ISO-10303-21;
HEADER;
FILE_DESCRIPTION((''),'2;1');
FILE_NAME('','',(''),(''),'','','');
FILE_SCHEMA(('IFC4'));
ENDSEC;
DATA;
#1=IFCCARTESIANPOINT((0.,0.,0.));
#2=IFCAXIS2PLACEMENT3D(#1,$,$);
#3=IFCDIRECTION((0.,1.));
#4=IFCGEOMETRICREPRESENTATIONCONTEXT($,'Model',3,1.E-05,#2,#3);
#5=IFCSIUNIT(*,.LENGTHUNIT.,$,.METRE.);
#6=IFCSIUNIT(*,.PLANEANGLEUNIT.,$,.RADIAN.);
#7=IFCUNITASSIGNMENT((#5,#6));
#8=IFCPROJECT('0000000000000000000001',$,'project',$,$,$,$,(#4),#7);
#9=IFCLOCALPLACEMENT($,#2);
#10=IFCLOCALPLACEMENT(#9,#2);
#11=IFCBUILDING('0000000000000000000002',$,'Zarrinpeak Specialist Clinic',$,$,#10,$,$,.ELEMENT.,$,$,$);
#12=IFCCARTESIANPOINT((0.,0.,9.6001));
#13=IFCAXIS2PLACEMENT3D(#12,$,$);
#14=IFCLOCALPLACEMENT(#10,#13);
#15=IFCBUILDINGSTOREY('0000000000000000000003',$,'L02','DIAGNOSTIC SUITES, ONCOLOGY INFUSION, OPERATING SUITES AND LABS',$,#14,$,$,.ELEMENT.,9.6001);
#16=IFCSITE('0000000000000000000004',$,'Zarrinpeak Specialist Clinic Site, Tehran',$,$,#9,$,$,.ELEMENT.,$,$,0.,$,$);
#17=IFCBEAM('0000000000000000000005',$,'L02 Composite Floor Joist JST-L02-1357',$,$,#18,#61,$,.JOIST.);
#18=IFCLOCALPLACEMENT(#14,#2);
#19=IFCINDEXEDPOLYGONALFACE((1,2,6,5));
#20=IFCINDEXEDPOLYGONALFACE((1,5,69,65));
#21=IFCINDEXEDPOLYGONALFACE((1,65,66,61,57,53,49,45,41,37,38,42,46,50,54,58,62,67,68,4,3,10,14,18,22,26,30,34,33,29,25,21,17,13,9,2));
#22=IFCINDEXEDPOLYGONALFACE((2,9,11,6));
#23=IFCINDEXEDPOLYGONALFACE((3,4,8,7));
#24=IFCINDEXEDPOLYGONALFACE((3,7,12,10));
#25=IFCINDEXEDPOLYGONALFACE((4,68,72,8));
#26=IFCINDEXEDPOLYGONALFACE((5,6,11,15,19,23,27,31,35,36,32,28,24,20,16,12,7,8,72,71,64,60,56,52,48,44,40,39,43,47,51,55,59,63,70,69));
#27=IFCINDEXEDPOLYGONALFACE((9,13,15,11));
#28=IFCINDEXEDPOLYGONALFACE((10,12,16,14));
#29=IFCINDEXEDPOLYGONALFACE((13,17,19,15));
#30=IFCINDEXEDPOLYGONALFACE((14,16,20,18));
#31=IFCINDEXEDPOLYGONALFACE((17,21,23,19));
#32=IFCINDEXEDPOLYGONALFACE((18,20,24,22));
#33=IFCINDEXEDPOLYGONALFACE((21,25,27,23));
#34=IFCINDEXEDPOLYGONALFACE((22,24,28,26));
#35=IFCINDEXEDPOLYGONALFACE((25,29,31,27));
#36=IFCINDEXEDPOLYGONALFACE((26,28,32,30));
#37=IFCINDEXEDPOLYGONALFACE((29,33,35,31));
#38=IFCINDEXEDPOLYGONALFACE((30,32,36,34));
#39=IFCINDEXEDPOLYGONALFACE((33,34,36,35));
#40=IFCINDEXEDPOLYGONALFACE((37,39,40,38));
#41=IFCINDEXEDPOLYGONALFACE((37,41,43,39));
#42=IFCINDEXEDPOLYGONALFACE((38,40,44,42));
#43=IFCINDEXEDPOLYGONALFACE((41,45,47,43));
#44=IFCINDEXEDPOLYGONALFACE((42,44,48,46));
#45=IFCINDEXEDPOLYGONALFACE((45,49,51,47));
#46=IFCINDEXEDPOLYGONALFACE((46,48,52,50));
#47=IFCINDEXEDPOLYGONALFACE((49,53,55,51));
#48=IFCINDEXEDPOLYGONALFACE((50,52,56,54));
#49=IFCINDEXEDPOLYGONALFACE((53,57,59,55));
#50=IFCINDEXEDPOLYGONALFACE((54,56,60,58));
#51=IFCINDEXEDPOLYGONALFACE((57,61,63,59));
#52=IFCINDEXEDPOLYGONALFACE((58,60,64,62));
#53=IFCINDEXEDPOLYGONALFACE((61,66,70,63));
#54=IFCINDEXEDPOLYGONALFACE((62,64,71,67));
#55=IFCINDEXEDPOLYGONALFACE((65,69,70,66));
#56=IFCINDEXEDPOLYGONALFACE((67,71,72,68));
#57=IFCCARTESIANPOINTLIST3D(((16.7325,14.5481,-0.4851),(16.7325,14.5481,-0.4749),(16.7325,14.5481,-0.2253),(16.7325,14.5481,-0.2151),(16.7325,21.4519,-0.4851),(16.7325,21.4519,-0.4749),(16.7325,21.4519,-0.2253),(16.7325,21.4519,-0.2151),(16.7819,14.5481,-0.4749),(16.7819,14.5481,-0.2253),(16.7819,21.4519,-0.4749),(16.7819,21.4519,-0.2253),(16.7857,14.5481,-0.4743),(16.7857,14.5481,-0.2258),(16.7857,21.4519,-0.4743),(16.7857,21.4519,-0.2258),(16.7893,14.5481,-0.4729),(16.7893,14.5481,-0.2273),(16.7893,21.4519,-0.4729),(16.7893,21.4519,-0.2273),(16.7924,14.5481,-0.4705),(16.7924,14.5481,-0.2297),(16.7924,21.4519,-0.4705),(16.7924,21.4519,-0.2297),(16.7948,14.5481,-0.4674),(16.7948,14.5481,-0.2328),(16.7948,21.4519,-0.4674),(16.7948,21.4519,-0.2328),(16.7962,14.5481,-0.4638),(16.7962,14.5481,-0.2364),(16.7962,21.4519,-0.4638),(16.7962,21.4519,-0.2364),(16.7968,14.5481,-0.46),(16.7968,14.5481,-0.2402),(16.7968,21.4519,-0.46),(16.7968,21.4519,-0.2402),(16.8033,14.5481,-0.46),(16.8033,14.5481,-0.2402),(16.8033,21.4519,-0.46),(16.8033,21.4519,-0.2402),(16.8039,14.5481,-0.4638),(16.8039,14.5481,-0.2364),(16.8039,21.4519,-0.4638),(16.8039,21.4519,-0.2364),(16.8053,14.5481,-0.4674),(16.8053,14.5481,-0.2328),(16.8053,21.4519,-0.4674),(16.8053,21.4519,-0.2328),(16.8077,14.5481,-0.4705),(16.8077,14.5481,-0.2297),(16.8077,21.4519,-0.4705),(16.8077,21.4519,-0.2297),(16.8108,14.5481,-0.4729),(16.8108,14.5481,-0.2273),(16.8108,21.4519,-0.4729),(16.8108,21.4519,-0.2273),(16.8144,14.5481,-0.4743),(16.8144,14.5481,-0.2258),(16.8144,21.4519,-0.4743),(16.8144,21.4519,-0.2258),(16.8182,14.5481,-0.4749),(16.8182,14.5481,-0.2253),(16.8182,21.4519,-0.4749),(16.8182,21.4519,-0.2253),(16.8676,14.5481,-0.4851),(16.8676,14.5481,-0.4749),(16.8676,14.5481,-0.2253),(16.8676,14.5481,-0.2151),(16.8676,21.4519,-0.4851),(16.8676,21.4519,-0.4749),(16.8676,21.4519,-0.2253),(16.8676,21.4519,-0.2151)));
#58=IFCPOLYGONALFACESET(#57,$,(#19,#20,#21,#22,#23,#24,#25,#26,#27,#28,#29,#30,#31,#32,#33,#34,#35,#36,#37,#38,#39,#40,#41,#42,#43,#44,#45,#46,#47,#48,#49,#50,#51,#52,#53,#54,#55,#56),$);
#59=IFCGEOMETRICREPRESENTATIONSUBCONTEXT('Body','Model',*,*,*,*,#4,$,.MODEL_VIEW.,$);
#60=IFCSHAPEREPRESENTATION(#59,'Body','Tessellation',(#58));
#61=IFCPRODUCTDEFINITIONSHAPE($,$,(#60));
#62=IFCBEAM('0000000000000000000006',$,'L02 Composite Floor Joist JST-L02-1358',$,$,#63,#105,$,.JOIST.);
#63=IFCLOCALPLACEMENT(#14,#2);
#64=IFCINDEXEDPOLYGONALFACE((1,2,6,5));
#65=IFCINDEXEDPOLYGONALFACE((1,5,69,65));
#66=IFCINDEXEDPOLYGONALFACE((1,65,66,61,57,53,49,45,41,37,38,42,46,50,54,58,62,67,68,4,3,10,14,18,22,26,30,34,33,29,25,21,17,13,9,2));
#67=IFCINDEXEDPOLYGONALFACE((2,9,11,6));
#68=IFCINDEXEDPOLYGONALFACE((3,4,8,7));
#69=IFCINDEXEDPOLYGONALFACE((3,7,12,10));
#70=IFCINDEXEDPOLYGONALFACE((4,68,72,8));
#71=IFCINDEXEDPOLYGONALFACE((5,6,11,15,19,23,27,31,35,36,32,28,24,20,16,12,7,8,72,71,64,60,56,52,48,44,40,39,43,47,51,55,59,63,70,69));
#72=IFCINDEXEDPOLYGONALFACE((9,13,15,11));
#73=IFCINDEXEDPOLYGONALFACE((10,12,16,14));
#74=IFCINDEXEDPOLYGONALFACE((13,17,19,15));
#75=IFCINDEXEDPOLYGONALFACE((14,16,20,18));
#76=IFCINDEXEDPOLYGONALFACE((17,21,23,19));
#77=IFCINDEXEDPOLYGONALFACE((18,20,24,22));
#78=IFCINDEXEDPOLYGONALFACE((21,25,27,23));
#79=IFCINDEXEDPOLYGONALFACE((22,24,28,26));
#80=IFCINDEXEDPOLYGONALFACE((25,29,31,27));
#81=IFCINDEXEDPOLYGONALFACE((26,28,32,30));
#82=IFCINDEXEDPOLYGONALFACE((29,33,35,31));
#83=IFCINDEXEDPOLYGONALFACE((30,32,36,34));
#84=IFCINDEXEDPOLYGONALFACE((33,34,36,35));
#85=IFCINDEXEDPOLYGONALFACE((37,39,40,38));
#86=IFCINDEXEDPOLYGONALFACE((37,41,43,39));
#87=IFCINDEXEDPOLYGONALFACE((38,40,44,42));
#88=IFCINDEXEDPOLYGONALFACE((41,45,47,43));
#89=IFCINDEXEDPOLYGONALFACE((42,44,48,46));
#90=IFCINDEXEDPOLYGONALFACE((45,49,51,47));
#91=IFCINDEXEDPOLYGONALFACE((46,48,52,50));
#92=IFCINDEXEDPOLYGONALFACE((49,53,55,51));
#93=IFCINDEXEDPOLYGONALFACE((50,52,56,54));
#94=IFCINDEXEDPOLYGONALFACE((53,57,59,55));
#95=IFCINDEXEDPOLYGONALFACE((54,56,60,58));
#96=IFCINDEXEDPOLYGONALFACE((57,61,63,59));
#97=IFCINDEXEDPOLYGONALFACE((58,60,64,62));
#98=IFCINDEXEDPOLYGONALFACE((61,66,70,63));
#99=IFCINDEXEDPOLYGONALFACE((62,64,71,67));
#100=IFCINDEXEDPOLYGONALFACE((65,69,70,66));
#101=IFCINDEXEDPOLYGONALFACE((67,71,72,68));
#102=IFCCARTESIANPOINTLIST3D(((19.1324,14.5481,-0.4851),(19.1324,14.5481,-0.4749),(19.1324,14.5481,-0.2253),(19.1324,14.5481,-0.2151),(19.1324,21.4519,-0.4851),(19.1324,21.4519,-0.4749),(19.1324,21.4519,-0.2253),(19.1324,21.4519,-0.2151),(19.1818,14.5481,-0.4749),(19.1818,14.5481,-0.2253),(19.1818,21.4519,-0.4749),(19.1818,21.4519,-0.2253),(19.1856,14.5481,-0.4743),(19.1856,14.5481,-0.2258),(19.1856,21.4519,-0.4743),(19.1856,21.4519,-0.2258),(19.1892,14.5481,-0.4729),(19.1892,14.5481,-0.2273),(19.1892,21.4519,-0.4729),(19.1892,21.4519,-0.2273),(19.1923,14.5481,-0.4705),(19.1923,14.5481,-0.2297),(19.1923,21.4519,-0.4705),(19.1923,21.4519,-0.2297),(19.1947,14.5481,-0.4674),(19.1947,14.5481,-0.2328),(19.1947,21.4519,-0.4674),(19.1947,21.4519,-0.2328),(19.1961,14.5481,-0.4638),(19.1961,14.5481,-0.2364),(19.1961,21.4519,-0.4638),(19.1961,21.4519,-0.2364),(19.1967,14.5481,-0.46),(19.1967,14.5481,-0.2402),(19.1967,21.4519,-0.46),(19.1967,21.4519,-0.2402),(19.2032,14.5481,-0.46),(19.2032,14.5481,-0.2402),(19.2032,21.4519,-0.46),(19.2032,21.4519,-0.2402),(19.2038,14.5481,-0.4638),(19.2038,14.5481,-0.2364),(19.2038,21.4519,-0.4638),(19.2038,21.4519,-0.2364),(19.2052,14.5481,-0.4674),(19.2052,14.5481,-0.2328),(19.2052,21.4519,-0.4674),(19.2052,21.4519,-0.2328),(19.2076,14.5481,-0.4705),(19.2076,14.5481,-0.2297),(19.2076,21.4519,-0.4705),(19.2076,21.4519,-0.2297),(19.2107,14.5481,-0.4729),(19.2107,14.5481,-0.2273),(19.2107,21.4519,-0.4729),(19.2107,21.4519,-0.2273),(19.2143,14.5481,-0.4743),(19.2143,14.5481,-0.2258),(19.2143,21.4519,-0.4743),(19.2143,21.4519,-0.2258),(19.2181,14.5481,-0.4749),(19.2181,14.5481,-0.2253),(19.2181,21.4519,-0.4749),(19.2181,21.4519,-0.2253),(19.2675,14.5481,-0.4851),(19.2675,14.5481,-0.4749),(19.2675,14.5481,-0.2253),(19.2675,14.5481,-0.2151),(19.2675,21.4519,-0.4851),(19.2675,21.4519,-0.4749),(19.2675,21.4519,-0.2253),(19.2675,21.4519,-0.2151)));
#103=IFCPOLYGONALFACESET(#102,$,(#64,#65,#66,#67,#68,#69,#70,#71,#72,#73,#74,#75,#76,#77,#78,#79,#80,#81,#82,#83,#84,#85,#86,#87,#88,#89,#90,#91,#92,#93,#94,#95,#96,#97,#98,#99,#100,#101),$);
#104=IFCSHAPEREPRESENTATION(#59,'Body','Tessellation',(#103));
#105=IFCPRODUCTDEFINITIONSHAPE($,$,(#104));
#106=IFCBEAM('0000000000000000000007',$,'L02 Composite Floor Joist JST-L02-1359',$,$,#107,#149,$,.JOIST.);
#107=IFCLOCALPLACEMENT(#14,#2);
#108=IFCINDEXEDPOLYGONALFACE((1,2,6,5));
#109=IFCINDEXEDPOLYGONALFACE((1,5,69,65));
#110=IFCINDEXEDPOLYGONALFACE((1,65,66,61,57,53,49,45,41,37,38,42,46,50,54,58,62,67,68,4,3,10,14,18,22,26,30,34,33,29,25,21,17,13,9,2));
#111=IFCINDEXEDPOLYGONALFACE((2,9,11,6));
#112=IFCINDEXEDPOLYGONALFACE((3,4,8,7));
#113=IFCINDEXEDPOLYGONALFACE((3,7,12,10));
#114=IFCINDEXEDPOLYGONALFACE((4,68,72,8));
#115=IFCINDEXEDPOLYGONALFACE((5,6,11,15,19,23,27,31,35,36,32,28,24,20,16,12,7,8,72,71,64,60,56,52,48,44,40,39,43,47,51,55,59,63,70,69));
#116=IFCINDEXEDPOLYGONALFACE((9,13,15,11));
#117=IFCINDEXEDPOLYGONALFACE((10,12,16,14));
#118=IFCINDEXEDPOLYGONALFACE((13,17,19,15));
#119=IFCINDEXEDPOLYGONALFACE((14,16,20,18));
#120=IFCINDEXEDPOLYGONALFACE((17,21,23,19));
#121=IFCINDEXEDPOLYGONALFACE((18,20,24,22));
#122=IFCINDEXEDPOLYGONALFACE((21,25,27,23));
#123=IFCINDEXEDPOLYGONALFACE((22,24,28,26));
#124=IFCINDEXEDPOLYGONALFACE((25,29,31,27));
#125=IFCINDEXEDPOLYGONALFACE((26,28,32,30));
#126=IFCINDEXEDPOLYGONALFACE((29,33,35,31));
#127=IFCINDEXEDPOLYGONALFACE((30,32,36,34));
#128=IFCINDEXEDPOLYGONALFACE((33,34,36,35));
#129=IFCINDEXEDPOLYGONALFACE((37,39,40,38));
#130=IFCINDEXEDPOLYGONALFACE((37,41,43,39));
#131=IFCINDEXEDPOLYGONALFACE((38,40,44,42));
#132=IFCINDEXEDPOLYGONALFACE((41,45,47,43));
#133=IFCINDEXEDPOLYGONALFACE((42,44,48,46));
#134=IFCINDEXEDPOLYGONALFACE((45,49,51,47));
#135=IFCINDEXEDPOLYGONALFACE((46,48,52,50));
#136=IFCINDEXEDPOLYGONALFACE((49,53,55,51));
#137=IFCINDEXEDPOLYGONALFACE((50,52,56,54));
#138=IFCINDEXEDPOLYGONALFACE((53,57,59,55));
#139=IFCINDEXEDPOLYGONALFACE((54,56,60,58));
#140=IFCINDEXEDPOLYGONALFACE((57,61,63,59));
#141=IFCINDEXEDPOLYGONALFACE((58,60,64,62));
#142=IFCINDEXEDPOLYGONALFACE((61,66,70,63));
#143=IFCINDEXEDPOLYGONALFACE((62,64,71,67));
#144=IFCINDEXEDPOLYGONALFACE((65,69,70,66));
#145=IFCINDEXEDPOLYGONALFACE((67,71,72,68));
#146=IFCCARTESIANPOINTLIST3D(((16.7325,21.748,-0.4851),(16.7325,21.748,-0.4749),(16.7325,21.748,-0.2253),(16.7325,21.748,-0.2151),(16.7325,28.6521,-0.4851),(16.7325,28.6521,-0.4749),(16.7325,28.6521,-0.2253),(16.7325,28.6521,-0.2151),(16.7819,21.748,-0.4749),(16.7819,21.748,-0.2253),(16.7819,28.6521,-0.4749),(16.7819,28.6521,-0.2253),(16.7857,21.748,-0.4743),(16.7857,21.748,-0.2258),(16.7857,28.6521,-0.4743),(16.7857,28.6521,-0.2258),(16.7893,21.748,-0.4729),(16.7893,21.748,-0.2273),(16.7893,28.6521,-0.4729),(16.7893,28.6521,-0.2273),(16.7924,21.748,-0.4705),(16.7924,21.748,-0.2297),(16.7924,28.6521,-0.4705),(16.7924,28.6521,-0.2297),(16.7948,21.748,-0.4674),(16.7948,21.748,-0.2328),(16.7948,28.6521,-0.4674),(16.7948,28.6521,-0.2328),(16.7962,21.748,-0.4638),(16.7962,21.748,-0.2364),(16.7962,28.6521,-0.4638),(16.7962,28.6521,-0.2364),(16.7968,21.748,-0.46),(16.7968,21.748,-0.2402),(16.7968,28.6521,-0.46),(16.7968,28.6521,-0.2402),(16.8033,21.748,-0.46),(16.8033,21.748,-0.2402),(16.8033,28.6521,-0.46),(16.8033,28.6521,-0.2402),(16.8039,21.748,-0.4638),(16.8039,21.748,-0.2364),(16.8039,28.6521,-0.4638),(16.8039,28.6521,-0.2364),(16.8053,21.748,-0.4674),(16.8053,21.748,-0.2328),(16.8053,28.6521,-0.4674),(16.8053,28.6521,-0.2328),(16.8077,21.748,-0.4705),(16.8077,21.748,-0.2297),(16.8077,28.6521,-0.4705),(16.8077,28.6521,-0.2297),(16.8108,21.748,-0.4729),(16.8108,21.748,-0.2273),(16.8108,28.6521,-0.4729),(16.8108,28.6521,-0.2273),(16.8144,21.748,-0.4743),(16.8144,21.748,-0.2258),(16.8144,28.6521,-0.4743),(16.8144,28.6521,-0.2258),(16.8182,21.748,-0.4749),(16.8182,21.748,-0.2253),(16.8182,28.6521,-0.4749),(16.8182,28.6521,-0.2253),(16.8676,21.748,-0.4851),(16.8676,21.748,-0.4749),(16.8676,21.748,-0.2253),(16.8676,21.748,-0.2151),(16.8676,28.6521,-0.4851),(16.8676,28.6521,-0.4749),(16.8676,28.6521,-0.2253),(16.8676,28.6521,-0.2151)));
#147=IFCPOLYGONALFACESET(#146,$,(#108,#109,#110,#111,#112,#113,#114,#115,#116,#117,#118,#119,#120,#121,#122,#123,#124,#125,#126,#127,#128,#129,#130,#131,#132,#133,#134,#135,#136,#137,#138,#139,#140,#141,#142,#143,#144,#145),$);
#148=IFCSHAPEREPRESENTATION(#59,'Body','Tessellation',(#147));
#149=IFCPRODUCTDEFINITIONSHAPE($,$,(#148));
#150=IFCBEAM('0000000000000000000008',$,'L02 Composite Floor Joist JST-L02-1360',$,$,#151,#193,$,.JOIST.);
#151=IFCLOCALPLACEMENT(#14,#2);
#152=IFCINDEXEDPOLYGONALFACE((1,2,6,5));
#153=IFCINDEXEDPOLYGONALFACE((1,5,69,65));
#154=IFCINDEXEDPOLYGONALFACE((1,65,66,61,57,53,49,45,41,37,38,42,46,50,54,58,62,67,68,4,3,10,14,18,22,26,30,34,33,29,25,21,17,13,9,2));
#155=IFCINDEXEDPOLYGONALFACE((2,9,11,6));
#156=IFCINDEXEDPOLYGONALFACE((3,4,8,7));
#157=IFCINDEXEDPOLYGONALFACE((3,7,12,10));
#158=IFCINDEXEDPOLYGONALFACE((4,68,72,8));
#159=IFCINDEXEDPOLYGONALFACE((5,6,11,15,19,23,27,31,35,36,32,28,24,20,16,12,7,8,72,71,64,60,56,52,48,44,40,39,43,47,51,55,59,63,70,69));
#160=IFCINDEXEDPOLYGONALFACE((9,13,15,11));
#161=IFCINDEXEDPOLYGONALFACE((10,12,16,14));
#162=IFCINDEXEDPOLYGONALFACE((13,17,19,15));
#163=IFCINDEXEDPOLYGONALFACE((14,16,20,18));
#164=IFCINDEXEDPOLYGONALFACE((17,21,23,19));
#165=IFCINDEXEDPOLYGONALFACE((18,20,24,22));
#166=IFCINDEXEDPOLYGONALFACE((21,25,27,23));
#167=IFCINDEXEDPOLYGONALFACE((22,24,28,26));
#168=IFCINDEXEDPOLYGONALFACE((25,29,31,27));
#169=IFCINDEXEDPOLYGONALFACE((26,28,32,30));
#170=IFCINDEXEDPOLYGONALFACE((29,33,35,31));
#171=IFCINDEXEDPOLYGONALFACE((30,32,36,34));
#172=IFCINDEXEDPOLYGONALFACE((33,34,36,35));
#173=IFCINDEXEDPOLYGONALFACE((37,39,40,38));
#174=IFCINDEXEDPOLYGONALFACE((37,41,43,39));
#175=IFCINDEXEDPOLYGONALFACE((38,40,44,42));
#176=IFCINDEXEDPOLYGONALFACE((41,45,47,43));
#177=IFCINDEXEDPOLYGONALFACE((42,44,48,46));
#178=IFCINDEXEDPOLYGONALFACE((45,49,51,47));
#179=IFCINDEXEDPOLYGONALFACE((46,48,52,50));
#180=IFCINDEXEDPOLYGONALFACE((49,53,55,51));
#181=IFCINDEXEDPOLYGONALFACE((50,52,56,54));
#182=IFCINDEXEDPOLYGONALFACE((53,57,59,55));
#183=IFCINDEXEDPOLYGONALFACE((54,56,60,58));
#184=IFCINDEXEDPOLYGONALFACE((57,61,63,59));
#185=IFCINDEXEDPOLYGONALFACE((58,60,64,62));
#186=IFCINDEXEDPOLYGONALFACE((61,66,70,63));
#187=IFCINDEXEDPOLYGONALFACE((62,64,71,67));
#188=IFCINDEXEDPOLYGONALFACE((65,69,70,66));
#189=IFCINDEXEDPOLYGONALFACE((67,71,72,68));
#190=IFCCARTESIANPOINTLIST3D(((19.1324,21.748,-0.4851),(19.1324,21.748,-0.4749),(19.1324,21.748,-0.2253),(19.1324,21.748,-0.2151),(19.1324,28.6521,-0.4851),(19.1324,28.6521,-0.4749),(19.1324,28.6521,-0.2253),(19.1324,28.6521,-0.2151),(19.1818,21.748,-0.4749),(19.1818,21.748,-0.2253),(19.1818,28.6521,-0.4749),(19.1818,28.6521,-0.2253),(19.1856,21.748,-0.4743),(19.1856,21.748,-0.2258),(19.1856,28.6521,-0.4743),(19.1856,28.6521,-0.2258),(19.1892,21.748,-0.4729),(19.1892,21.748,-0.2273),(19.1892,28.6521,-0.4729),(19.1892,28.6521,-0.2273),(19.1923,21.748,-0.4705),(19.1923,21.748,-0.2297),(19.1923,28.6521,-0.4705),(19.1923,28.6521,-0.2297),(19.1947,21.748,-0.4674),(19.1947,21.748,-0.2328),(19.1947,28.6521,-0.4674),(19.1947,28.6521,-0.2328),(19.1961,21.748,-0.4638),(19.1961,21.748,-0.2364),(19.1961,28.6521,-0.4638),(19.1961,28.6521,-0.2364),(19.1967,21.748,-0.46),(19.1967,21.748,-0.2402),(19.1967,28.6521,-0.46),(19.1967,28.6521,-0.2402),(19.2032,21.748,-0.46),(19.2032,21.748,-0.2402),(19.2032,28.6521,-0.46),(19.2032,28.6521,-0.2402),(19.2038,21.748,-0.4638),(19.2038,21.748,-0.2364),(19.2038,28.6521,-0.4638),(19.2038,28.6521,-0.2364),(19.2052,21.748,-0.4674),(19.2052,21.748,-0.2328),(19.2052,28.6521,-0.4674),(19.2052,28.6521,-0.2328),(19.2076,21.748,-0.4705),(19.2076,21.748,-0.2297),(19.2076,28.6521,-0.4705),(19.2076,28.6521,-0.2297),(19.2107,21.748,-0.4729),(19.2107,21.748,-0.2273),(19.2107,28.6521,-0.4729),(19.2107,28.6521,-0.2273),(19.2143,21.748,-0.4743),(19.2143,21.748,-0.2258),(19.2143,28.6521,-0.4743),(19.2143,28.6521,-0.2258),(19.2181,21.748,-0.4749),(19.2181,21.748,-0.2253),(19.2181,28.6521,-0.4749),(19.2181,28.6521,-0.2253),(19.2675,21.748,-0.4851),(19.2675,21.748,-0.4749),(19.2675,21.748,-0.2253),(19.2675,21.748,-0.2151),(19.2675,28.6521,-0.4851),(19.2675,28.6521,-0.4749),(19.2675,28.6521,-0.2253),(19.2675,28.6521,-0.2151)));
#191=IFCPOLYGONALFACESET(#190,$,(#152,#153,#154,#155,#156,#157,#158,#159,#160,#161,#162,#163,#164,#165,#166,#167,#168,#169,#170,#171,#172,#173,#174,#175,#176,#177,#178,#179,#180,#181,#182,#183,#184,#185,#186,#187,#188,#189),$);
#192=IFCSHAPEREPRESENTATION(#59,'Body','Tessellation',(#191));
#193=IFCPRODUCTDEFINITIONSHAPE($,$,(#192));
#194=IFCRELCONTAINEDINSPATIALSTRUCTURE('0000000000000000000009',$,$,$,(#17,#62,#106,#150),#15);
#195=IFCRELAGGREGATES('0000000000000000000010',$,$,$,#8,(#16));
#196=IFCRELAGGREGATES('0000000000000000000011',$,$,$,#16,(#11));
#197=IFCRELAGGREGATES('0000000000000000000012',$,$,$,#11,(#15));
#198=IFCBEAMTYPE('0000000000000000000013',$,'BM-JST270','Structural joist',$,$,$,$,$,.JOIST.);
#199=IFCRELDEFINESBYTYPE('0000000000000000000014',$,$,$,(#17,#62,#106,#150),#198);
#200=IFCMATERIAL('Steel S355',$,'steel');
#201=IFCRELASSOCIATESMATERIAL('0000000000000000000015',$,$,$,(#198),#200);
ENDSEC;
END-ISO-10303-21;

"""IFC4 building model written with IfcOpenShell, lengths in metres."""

from ifc_helpers import new_model, si_unit, direction, frame, origin, origin_2d, place, context, subcontext, project, spatial, i_section, extrude, material, material_profile, profile_set, type_object, element, save


model = new_model("IFC4")

# Units and contexts
model_context = context("Model", 3, precision=1e-05, world=origin(), true_north=direction((0.0, 1.0)))
body_context = subcontext(model_context, "Body", "Model", "MODEL_VIEW")
ifc_project = project(units=[si_unit("LENGTHUNIT", "METRE"), si_unit("PLANEANGLEUNIT", "RADIAN")], contexts=[model_context])

# Site, building, storey
site_placement = place(None, origin())
site = spatial("IfcSite", under=ifc_project, at=site_placement, Name="Zarrinpeak Specialist Clinic Site, Tehran", CompositionType="ELEMENT", RefElevation=0.0)
building_placement = place(site_placement, origin())
building = spatial("IfcBuilding", under=site, at=building_placement, Name="Zarrinpeak Specialist Clinic", CompositionType="ELEMENT")
storey_placement = place(building_placement, frame((0.0, 0.0, 9.6001)))
storey = spatial("IfcBuildingStorey", under=building, at=storey_placement, Name="L02", Description="DIAGNOSTIC SUITES, ONCOLOGY INFUSION, OPERATING SUITES AND LABS", CompositionType="ELEMENT", Elevation=9.6001)

# Shared definitions
ifc_material_1 = material(Name="Steel S355", Category="steel")

# Beams
ifc_material_profile_1 = material_profile(ifc_material_1, i_section(OverallWidth=0.135, OverallDepth=0.27, WebThickness=0.0066, FlangeThickness=0.0103, FilletRadius=0.0149, at=origin_2d()), Name="IPE 270")
ifc_profile_set_1 = profile_set([ifc_material_profile_1], Name="Steel S355")
beam_type_1 = type_object("IfcBeamType", Name="BM-JST270", Description="Structural joist", PredefinedType="JOIST", material=ifc_profile_set_1)
for number, where, z_axis, x_axis, name in (
    (1, (16.8, 14.5481, -0.3501), (0.0, 1.0, 0.0), (-1.0, 0.0, 0.0), "L02 Composite Floor Joist JST-L02-1357"),
    (2, (19.2, 14.5481, -0.3501), (0.0, 1.0, 0.0), (-1.0, 0.0, 0.0), "L02 Composite Floor Joist JST-L02-1358"),
):
    element("IfcBeam", number, at=place(storey_placement, frame(where, z_axis=z_axis, x_axis=x_axis)), inside=storey, type_object=beam_type_1, Name=name, PredefinedType="JOIST", context=body_context, shape_type="SweptSolid", body=[
        extrude(i_section(OverallWidth=0.135, OverallDepth=0.27, WebThickness=0.0066, FlangeThickness=0.0103, FilletRadius=0.0149, at=origin_2d()), origin(), (0.0, 0.0, 1.0), 6.9038),
    ])
for number, where, z_axis, x_axis, name in (
    (3, (16.8, 21.748, -0.3501), (0.0, 1.0, 0.0), (-1.0, 0.0, 0.0), "L02 Composite Floor Joist JST-L02-1359"),
    (4, (19.2, 21.748, -0.3501), (0.0, 1.0, 0.0), (-1.0, 0.0, 0.0), "L02 Composite Floor Joist JST-L02-1360"),
):
    element("IfcBeam", number, at=place(storey_placement, frame(where, z_axis=z_axis, x_axis=x_axis)), inside=storey, type_object=beam_type_1, Name=name, PredefinedType="JOIST", context=body_context, shape_type="SweptSolid", body=[
        extrude(i_section(OverallWidth=0.135, OverallDepth=0.27, WebThickness=0.0066, FlangeThickness=0.0103, FilletRadius=0.0149, at=origin_2d()), origin(), (0.0, 0.0, 1.0), 6.9041),
    ])

save(model, "model.ifc")
